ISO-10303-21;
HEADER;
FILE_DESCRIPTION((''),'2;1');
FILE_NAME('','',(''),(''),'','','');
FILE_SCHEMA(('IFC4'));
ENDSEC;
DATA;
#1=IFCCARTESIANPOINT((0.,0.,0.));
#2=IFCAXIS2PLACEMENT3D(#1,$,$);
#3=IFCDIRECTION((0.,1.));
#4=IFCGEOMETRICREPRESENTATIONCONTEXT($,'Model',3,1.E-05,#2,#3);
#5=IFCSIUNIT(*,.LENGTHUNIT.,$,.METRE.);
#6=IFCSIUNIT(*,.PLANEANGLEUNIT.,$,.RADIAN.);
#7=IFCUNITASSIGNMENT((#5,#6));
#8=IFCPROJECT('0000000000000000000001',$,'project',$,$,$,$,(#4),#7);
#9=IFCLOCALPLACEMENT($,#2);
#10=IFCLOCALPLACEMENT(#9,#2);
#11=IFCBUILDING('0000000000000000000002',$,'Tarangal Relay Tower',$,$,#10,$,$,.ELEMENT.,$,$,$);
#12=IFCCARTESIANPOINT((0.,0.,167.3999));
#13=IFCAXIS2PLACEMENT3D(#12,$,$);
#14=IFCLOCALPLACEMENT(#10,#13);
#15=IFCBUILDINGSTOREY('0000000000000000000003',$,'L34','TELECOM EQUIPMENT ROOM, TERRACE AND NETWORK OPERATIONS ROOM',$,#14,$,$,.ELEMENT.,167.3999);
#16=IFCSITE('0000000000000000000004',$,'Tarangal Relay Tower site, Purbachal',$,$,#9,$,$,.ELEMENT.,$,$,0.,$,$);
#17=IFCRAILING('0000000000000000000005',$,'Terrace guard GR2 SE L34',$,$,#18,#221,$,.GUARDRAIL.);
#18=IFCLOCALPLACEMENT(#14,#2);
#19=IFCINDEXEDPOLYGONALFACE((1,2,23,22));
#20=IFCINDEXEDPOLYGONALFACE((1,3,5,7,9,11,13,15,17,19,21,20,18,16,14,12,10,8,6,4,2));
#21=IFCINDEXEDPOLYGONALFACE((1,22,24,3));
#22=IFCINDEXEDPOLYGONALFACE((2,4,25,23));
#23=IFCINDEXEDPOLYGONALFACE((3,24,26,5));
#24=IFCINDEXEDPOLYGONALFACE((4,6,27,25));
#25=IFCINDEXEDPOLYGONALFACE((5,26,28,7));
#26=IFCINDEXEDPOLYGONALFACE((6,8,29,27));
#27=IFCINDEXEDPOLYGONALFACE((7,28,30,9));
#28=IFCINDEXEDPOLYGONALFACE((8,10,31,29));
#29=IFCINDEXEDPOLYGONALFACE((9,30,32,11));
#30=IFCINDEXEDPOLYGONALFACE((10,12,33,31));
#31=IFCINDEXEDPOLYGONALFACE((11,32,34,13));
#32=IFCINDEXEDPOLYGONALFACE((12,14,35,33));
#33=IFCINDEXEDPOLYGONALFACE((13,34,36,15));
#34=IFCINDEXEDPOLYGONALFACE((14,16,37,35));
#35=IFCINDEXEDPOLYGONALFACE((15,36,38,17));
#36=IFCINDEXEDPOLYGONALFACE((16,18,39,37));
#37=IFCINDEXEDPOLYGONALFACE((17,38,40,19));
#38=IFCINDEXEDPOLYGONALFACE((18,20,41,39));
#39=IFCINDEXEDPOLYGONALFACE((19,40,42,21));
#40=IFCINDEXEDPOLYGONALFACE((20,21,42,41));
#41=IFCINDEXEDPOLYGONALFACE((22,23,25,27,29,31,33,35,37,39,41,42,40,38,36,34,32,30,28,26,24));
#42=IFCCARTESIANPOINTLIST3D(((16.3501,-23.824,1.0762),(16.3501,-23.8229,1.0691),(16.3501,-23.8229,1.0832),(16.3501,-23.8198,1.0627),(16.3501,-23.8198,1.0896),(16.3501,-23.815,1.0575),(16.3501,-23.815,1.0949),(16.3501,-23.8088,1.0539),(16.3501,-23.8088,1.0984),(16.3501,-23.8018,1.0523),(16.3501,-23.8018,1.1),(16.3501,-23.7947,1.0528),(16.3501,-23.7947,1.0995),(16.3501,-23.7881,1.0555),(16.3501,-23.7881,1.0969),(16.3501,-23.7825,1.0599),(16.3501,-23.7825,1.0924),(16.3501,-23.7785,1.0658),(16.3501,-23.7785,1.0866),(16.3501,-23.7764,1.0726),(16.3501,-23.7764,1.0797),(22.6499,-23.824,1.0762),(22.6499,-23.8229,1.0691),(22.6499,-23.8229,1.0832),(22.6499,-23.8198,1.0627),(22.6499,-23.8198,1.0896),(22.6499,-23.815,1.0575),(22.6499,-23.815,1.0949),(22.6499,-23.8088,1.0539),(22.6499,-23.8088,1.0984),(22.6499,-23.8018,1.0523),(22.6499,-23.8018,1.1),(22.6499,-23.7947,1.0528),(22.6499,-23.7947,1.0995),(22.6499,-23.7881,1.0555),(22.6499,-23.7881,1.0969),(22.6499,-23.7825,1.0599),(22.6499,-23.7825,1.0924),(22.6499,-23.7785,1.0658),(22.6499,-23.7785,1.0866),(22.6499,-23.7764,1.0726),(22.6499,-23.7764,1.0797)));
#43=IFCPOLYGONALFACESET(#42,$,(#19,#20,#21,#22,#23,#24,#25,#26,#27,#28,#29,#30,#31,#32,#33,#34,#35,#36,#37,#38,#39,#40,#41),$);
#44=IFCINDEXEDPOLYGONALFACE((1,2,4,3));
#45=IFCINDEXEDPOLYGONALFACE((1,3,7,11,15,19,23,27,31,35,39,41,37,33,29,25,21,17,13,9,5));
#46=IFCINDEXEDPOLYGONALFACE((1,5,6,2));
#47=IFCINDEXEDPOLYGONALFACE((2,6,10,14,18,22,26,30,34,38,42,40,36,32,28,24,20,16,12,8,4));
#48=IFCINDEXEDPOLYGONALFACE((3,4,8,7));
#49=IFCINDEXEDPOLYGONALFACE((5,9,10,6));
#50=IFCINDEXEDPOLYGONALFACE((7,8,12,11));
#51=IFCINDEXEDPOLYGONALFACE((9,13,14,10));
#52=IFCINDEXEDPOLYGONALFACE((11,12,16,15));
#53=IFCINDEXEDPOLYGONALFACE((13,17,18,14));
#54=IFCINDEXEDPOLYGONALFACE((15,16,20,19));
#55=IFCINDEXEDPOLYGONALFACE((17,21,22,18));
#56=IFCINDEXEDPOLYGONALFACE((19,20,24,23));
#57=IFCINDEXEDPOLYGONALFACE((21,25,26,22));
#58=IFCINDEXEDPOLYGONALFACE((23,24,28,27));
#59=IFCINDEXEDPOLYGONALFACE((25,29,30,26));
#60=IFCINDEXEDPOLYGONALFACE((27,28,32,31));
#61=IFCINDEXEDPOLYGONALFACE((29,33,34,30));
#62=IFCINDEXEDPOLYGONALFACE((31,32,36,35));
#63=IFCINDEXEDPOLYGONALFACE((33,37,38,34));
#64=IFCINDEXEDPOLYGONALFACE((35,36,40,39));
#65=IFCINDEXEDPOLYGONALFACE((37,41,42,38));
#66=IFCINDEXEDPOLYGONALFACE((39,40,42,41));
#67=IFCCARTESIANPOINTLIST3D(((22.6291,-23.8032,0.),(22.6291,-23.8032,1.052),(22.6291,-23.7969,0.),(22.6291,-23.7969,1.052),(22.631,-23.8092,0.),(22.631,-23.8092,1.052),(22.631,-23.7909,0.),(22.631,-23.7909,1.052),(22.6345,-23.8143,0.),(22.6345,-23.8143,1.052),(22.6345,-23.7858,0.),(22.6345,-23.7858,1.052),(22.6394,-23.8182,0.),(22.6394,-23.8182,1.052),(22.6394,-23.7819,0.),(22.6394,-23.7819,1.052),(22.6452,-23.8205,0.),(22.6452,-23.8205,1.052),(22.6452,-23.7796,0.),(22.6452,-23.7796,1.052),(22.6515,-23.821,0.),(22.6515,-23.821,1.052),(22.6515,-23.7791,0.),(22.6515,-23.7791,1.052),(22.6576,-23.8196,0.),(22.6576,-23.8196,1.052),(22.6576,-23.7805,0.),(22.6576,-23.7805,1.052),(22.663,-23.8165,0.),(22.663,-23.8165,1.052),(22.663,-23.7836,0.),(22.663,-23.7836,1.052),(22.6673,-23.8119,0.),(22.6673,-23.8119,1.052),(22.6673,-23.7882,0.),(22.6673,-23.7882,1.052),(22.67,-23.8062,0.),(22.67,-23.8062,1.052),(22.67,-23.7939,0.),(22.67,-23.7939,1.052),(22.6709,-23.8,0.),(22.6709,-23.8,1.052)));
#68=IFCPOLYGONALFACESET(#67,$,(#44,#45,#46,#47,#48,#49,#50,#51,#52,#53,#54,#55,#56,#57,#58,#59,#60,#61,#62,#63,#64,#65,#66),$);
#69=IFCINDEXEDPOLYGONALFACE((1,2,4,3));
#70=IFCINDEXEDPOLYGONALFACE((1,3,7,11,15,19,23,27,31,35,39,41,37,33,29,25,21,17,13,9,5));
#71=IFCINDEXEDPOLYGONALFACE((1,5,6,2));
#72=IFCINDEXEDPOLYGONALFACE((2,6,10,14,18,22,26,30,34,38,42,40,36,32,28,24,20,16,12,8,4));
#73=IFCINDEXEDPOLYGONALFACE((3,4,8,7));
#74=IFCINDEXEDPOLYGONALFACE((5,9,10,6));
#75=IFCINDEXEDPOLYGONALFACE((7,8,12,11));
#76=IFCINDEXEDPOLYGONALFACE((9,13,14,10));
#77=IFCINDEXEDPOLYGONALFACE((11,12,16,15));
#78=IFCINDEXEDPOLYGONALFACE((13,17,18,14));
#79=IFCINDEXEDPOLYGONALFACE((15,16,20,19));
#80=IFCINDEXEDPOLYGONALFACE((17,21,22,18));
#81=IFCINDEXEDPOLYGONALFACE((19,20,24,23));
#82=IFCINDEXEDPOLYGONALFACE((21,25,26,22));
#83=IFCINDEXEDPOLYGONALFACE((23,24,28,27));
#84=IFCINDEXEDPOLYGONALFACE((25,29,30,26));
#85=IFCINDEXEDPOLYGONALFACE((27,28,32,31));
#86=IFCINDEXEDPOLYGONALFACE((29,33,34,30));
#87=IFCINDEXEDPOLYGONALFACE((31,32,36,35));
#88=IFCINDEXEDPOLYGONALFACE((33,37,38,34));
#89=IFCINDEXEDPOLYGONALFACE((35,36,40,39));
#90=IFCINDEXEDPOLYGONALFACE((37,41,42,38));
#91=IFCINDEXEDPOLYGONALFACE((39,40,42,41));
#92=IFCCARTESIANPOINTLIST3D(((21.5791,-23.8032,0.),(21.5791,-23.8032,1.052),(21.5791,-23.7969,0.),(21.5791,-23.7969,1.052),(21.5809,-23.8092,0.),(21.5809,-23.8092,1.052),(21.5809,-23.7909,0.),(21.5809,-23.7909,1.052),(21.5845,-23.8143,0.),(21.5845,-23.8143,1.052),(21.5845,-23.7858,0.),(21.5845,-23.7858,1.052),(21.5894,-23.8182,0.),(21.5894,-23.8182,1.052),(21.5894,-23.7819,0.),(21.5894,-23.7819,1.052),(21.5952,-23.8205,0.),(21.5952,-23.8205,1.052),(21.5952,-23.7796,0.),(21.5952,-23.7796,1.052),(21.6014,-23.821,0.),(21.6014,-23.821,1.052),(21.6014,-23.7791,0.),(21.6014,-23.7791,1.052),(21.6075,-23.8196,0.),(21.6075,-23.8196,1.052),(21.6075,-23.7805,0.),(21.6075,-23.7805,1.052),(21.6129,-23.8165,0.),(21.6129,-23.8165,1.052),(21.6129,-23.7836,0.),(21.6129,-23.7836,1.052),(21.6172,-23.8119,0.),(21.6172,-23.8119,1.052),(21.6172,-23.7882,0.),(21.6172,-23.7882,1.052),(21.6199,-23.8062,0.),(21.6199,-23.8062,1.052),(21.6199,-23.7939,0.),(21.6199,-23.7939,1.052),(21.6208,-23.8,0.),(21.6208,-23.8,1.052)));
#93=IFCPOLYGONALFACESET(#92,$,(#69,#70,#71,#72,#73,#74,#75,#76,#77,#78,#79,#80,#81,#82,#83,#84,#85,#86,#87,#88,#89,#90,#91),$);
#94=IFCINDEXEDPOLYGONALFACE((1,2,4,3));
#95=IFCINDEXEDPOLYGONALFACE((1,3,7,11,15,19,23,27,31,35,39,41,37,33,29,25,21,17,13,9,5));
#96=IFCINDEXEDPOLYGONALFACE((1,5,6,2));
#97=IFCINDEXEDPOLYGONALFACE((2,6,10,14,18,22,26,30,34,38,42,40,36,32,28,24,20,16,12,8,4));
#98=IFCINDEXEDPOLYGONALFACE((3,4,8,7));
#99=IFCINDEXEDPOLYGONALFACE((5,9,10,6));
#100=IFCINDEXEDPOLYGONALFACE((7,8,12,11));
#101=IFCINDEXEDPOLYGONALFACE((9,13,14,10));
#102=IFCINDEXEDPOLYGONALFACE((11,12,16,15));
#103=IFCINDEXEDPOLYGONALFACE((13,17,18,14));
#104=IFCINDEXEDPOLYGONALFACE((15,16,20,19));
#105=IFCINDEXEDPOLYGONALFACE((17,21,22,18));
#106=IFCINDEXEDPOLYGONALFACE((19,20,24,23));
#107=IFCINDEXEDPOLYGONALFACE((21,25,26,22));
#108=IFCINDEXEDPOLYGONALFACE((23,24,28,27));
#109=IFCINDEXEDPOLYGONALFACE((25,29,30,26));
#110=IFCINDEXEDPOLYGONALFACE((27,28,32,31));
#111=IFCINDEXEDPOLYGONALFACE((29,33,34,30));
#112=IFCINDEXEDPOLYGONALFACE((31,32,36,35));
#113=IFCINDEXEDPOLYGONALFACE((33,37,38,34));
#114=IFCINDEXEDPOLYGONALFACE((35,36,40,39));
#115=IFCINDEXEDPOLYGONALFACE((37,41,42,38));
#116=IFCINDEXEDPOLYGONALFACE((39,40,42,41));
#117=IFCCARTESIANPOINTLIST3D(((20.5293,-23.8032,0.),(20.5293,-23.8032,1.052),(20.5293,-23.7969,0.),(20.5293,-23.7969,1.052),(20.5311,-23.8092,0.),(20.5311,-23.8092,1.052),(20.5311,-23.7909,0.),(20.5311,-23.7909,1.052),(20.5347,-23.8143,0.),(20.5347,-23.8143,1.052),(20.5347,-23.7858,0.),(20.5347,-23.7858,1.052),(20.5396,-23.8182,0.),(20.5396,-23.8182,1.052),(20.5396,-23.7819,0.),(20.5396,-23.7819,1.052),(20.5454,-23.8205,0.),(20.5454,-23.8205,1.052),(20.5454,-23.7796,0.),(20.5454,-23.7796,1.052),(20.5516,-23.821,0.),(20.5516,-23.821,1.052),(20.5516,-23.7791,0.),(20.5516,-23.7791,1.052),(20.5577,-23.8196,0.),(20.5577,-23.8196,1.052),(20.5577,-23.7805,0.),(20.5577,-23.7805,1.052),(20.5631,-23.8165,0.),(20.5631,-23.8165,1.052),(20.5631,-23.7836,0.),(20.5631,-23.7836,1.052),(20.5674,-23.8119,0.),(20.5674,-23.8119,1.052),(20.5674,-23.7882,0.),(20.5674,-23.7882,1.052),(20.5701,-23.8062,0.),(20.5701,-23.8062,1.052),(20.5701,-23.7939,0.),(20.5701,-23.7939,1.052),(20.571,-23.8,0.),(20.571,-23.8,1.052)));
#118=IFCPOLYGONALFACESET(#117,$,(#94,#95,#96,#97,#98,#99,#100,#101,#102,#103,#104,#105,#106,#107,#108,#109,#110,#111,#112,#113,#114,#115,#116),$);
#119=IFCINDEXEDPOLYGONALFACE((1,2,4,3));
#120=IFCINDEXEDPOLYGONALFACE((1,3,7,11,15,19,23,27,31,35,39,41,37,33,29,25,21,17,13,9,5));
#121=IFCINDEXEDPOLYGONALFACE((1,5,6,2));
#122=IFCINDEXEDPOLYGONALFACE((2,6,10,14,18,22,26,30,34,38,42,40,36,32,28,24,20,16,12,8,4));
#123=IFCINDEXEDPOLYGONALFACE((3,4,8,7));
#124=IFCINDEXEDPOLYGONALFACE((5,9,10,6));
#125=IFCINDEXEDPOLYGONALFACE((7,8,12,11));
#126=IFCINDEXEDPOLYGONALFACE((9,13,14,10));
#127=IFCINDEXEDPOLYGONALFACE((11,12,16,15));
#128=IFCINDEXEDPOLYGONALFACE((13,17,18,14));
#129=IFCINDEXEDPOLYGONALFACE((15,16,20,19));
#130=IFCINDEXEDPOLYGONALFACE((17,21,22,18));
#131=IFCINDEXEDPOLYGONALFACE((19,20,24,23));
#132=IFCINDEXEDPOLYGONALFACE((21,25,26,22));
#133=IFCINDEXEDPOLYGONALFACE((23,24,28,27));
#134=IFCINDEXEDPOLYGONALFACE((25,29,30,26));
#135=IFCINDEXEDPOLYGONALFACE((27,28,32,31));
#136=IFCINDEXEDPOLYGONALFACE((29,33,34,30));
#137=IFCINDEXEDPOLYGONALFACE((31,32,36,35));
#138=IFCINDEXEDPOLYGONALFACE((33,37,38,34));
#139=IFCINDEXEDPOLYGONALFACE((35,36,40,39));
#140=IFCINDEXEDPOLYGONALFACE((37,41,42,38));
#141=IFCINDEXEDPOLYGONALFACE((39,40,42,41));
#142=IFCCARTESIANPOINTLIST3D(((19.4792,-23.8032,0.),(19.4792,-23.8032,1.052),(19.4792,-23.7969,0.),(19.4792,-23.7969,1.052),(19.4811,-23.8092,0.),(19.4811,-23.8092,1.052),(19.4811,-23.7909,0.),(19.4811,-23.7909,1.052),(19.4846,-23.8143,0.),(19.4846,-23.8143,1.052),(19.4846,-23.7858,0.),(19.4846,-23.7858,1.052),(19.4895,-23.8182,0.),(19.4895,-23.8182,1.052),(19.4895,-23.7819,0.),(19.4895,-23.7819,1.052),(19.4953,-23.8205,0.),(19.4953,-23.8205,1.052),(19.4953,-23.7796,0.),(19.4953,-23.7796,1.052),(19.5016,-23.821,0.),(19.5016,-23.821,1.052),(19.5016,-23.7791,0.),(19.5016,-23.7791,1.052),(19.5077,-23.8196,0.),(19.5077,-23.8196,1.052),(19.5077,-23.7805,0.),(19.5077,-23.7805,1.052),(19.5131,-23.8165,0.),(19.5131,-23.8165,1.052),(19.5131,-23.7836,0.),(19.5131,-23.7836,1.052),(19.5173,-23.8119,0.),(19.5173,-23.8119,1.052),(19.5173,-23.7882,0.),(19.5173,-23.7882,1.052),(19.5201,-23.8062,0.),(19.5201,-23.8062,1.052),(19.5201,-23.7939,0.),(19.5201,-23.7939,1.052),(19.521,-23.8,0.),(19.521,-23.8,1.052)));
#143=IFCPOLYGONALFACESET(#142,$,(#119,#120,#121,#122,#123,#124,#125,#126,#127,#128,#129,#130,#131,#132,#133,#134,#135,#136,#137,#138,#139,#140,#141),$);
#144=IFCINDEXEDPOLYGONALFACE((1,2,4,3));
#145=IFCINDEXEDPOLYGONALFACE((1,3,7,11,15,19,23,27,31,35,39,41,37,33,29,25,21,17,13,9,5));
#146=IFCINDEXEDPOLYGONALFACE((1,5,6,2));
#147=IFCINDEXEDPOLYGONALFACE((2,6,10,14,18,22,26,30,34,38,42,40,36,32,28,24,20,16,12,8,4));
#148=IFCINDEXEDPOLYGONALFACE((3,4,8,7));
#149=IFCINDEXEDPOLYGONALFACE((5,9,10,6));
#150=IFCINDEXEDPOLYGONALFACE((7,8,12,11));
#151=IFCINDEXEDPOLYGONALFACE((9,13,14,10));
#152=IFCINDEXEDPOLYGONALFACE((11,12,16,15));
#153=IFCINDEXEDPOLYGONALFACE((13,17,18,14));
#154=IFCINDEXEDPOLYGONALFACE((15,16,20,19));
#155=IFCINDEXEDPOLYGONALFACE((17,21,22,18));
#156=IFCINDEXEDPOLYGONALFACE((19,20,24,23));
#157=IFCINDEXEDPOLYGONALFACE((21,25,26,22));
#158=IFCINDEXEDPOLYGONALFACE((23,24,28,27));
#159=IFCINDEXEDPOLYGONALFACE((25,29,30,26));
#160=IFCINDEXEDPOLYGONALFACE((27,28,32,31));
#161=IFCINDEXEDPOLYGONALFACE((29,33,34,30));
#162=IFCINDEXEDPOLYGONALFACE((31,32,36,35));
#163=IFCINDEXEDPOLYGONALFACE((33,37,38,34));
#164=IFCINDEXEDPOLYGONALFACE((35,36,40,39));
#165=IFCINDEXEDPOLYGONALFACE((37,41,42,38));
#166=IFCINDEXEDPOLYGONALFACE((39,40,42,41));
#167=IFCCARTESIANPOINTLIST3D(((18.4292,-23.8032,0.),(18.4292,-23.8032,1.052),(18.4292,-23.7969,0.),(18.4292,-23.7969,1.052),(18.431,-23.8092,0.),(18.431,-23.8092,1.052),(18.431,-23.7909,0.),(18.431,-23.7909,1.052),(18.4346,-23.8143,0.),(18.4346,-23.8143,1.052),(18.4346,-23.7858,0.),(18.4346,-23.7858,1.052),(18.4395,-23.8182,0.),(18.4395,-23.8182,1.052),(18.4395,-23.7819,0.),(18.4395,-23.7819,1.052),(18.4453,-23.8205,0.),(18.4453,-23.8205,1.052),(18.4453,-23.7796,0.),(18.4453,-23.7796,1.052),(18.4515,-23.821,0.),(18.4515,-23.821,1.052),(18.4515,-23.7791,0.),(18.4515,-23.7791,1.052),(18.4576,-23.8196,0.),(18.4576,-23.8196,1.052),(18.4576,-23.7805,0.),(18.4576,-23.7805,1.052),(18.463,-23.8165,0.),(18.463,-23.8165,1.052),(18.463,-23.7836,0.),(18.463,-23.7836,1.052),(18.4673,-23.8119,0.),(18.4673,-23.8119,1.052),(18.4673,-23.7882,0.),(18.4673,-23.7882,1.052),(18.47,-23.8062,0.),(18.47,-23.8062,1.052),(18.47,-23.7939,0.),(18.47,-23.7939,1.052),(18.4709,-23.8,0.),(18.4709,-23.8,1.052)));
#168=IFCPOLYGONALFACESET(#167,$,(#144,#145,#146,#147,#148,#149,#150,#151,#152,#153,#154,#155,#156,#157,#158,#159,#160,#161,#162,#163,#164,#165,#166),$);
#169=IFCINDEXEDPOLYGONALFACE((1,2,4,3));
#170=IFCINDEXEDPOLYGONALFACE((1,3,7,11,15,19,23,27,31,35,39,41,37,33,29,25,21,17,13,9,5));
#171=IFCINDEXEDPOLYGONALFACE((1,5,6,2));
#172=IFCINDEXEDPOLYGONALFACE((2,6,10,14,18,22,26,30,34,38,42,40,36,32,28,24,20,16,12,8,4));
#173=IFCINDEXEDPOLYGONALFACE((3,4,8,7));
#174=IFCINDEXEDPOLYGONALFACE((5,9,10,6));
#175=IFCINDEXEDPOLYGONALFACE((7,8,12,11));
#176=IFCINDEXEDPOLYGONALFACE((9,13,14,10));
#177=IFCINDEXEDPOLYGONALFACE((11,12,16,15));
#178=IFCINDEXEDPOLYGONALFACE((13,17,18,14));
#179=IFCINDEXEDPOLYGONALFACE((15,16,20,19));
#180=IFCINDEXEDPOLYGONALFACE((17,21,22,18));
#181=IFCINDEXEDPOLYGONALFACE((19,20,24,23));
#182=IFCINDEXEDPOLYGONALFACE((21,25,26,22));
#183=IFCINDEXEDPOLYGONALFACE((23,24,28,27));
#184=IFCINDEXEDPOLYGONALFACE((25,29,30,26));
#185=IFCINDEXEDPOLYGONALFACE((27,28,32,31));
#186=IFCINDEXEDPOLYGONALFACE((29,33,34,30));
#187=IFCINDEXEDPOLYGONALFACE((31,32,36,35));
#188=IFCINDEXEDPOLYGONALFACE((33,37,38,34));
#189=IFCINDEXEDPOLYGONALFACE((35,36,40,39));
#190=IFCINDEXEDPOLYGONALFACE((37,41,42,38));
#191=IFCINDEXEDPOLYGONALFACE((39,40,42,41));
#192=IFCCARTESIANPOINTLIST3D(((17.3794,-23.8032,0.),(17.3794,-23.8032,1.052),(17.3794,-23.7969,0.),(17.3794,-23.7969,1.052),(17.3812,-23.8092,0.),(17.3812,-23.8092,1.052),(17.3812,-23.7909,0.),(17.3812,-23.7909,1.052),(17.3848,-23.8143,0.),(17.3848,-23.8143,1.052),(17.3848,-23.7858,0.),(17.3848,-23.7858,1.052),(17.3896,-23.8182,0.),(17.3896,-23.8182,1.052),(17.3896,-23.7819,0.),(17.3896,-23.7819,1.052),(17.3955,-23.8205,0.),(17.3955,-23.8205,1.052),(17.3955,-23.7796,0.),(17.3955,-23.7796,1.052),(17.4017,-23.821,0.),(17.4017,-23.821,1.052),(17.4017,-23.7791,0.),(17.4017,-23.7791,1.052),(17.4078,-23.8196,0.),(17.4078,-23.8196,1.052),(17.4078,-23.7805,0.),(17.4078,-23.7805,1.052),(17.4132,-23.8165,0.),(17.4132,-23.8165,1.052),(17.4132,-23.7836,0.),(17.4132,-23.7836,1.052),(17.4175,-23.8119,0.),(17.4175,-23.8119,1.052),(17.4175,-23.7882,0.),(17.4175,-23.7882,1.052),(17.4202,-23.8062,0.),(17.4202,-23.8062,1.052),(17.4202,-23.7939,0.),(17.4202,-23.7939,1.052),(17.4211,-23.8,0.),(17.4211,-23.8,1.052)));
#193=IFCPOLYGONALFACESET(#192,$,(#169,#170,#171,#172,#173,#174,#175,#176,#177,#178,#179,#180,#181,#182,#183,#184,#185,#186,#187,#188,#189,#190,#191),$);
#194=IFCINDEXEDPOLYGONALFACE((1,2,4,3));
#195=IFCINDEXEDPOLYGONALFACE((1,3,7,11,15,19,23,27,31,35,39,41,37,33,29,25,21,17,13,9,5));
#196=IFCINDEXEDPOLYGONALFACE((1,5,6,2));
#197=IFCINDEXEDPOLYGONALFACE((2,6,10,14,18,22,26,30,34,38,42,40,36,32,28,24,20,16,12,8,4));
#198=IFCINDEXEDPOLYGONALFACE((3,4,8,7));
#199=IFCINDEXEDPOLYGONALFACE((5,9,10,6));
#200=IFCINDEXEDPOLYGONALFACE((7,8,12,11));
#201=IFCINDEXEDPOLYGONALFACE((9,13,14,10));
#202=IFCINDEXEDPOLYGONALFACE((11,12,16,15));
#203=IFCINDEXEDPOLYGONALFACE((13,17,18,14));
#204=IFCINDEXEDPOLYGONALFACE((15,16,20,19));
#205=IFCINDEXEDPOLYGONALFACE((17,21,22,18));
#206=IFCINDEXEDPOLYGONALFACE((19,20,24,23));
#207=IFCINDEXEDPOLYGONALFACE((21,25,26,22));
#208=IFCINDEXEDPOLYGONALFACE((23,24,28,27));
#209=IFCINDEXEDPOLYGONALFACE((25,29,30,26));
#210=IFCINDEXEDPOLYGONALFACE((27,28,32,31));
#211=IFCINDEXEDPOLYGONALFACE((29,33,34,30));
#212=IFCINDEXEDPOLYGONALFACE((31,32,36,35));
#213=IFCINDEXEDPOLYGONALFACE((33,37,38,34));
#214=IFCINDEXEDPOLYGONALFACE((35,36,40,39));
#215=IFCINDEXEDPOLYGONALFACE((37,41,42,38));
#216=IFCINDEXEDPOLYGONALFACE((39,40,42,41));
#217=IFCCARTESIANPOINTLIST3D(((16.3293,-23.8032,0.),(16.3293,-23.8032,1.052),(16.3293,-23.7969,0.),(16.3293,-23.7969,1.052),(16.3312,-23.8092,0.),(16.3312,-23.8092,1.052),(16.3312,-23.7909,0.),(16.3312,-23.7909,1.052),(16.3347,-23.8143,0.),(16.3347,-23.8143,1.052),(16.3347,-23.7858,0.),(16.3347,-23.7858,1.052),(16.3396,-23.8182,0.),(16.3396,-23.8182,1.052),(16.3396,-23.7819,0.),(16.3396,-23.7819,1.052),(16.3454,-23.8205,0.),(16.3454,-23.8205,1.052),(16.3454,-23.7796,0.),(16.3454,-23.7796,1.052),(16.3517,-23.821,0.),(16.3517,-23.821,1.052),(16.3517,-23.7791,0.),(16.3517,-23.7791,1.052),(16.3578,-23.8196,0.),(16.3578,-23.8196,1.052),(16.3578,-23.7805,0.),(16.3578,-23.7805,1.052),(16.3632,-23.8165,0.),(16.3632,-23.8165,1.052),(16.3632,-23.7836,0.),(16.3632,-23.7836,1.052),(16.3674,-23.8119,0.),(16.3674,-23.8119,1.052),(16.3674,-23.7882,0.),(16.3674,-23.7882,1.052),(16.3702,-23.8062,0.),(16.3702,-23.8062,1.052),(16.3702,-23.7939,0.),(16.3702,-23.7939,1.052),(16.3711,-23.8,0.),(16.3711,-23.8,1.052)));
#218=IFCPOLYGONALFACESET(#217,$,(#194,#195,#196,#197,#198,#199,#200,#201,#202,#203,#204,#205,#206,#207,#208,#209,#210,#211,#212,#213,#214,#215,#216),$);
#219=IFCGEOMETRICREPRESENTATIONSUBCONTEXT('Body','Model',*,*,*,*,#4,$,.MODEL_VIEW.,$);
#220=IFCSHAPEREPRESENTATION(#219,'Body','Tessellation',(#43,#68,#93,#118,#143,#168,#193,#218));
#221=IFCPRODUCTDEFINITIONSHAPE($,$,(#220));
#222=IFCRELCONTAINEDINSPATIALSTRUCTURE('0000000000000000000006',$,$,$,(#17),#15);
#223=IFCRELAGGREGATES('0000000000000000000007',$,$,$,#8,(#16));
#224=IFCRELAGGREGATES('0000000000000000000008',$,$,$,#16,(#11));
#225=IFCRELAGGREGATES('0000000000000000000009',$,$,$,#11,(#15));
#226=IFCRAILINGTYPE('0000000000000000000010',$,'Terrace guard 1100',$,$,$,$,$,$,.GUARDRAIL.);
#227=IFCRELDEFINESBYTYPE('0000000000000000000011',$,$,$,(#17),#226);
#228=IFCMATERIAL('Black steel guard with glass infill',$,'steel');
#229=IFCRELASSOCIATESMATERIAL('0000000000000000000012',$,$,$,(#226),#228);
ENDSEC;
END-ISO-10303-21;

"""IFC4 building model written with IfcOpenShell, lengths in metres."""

from ifc_helpers import new_model, si_unit, direction, frame, origin, origin_2d, place, context, subcontext, project, spatial, circle, extrude, material, type_object, element, save


model = new_model("IFC4")

# Units and contexts
model_context = context("Model", 3, precision=1e-05, world=origin(), true_north=direction((0.0, 1.0)))
body_context = subcontext(model_context, "Body", "Model", "MODEL_VIEW")
ifc_project = project(units=[si_unit("LENGTHUNIT", "METRE"), si_unit("PLANEANGLEUNIT", "RADIAN")], contexts=[model_context])

# Site, building, storey
site_placement = place(None, origin())
site = spatial("IfcSite", under=ifc_project, at=site_placement, Name="Tarangal Relay Tower site, Purbachal", CompositionType="ELEMENT", RefElevation=0.0)
building_placement = place(site_placement, origin())
building = spatial("IfcBuilding", under=site, at=building_placement, Name="Tarangal Relay Tower", CompositionType="ELEMENT")
storey_placement = place(building_placement, frame((0.0, 0.0, 167.3999)))
storey = spatial("IfcBuildingStorey", under=building, at=storey_placement, Name="L34", Description="TELECOM EQUIPMENT ROOM, TERRACE AND NETWORK OPERATIONS ROOM", CompositionType="ELEMENT", Elevation=167.3999)

# Railing
ifc_material_1 = material(Name="Black steel guard with glass infill", Category="steel")
railing_type = type_object("IfcRailingType", Name="Terrace guard 1100", PredefinedType="GUARDRAIL", material=ifc_material_1)
railing_1_placement = place(storey_placement, frame((22.6499, -23.8, 0.0)))
element("IfcRailing", 1, at=railing_1_placement, inside=storey, type_object=railing_type, Name="Terrace guard GR2 SE L34", PredefinedType="GUARDRAIL", context=body_context, shape_type="SweptSolid", body=[
    extrude(circle(Radius=0.0239, at=origin_2d()), frame((0.0, 0.0, 1.0762), z_axis=(-1.0, 0.0, 0.0), x_axis=(0.0, -1.0, 0.0)), (0.0, 0.0, 1.0), 6.2998),
    extrude(circle(Radius=0.021, at=origin_2d()), origin(), (0.0, 0.0, 1.0), 1.052),
    extrude(circle(Radius=0.021, at=origin_2d()), frame((-1.05, 0.0, 0.0)), (0.0, 0.0, 1.0), 1.052),
    extrude(circle(Radius=0.021, at=origin_2d()), frame((-2.0999, 0.0, 0.0)), (0.0, 0.0, 1.0), 1.052),
    extrude(circle(Radius=0.021, at=origin_2d()), frame((-3.1499, 0.0, 0.0)), (0.0, 0.0, 1.0), 1.052),
    extrude(circle(Radius=0.021, at=origin_2d()), frame((-4.2, 0.0, 0.0)), (0.0, 0.0, 1.0), 1.052),
    extrude(circle(Radius=0.021, at=origin_2d()), frame((-5.2498, 0.0, 0.0)), (0.0, 0.0, 1.0), 1.052),
    extrude(circle(Radius=0.021, at=origin_2d()), frame((-6.2998, 0.0, 0.0)), (0.0, 0.0, 1.0), 1.052),
])

save(model, "model.ifc")
